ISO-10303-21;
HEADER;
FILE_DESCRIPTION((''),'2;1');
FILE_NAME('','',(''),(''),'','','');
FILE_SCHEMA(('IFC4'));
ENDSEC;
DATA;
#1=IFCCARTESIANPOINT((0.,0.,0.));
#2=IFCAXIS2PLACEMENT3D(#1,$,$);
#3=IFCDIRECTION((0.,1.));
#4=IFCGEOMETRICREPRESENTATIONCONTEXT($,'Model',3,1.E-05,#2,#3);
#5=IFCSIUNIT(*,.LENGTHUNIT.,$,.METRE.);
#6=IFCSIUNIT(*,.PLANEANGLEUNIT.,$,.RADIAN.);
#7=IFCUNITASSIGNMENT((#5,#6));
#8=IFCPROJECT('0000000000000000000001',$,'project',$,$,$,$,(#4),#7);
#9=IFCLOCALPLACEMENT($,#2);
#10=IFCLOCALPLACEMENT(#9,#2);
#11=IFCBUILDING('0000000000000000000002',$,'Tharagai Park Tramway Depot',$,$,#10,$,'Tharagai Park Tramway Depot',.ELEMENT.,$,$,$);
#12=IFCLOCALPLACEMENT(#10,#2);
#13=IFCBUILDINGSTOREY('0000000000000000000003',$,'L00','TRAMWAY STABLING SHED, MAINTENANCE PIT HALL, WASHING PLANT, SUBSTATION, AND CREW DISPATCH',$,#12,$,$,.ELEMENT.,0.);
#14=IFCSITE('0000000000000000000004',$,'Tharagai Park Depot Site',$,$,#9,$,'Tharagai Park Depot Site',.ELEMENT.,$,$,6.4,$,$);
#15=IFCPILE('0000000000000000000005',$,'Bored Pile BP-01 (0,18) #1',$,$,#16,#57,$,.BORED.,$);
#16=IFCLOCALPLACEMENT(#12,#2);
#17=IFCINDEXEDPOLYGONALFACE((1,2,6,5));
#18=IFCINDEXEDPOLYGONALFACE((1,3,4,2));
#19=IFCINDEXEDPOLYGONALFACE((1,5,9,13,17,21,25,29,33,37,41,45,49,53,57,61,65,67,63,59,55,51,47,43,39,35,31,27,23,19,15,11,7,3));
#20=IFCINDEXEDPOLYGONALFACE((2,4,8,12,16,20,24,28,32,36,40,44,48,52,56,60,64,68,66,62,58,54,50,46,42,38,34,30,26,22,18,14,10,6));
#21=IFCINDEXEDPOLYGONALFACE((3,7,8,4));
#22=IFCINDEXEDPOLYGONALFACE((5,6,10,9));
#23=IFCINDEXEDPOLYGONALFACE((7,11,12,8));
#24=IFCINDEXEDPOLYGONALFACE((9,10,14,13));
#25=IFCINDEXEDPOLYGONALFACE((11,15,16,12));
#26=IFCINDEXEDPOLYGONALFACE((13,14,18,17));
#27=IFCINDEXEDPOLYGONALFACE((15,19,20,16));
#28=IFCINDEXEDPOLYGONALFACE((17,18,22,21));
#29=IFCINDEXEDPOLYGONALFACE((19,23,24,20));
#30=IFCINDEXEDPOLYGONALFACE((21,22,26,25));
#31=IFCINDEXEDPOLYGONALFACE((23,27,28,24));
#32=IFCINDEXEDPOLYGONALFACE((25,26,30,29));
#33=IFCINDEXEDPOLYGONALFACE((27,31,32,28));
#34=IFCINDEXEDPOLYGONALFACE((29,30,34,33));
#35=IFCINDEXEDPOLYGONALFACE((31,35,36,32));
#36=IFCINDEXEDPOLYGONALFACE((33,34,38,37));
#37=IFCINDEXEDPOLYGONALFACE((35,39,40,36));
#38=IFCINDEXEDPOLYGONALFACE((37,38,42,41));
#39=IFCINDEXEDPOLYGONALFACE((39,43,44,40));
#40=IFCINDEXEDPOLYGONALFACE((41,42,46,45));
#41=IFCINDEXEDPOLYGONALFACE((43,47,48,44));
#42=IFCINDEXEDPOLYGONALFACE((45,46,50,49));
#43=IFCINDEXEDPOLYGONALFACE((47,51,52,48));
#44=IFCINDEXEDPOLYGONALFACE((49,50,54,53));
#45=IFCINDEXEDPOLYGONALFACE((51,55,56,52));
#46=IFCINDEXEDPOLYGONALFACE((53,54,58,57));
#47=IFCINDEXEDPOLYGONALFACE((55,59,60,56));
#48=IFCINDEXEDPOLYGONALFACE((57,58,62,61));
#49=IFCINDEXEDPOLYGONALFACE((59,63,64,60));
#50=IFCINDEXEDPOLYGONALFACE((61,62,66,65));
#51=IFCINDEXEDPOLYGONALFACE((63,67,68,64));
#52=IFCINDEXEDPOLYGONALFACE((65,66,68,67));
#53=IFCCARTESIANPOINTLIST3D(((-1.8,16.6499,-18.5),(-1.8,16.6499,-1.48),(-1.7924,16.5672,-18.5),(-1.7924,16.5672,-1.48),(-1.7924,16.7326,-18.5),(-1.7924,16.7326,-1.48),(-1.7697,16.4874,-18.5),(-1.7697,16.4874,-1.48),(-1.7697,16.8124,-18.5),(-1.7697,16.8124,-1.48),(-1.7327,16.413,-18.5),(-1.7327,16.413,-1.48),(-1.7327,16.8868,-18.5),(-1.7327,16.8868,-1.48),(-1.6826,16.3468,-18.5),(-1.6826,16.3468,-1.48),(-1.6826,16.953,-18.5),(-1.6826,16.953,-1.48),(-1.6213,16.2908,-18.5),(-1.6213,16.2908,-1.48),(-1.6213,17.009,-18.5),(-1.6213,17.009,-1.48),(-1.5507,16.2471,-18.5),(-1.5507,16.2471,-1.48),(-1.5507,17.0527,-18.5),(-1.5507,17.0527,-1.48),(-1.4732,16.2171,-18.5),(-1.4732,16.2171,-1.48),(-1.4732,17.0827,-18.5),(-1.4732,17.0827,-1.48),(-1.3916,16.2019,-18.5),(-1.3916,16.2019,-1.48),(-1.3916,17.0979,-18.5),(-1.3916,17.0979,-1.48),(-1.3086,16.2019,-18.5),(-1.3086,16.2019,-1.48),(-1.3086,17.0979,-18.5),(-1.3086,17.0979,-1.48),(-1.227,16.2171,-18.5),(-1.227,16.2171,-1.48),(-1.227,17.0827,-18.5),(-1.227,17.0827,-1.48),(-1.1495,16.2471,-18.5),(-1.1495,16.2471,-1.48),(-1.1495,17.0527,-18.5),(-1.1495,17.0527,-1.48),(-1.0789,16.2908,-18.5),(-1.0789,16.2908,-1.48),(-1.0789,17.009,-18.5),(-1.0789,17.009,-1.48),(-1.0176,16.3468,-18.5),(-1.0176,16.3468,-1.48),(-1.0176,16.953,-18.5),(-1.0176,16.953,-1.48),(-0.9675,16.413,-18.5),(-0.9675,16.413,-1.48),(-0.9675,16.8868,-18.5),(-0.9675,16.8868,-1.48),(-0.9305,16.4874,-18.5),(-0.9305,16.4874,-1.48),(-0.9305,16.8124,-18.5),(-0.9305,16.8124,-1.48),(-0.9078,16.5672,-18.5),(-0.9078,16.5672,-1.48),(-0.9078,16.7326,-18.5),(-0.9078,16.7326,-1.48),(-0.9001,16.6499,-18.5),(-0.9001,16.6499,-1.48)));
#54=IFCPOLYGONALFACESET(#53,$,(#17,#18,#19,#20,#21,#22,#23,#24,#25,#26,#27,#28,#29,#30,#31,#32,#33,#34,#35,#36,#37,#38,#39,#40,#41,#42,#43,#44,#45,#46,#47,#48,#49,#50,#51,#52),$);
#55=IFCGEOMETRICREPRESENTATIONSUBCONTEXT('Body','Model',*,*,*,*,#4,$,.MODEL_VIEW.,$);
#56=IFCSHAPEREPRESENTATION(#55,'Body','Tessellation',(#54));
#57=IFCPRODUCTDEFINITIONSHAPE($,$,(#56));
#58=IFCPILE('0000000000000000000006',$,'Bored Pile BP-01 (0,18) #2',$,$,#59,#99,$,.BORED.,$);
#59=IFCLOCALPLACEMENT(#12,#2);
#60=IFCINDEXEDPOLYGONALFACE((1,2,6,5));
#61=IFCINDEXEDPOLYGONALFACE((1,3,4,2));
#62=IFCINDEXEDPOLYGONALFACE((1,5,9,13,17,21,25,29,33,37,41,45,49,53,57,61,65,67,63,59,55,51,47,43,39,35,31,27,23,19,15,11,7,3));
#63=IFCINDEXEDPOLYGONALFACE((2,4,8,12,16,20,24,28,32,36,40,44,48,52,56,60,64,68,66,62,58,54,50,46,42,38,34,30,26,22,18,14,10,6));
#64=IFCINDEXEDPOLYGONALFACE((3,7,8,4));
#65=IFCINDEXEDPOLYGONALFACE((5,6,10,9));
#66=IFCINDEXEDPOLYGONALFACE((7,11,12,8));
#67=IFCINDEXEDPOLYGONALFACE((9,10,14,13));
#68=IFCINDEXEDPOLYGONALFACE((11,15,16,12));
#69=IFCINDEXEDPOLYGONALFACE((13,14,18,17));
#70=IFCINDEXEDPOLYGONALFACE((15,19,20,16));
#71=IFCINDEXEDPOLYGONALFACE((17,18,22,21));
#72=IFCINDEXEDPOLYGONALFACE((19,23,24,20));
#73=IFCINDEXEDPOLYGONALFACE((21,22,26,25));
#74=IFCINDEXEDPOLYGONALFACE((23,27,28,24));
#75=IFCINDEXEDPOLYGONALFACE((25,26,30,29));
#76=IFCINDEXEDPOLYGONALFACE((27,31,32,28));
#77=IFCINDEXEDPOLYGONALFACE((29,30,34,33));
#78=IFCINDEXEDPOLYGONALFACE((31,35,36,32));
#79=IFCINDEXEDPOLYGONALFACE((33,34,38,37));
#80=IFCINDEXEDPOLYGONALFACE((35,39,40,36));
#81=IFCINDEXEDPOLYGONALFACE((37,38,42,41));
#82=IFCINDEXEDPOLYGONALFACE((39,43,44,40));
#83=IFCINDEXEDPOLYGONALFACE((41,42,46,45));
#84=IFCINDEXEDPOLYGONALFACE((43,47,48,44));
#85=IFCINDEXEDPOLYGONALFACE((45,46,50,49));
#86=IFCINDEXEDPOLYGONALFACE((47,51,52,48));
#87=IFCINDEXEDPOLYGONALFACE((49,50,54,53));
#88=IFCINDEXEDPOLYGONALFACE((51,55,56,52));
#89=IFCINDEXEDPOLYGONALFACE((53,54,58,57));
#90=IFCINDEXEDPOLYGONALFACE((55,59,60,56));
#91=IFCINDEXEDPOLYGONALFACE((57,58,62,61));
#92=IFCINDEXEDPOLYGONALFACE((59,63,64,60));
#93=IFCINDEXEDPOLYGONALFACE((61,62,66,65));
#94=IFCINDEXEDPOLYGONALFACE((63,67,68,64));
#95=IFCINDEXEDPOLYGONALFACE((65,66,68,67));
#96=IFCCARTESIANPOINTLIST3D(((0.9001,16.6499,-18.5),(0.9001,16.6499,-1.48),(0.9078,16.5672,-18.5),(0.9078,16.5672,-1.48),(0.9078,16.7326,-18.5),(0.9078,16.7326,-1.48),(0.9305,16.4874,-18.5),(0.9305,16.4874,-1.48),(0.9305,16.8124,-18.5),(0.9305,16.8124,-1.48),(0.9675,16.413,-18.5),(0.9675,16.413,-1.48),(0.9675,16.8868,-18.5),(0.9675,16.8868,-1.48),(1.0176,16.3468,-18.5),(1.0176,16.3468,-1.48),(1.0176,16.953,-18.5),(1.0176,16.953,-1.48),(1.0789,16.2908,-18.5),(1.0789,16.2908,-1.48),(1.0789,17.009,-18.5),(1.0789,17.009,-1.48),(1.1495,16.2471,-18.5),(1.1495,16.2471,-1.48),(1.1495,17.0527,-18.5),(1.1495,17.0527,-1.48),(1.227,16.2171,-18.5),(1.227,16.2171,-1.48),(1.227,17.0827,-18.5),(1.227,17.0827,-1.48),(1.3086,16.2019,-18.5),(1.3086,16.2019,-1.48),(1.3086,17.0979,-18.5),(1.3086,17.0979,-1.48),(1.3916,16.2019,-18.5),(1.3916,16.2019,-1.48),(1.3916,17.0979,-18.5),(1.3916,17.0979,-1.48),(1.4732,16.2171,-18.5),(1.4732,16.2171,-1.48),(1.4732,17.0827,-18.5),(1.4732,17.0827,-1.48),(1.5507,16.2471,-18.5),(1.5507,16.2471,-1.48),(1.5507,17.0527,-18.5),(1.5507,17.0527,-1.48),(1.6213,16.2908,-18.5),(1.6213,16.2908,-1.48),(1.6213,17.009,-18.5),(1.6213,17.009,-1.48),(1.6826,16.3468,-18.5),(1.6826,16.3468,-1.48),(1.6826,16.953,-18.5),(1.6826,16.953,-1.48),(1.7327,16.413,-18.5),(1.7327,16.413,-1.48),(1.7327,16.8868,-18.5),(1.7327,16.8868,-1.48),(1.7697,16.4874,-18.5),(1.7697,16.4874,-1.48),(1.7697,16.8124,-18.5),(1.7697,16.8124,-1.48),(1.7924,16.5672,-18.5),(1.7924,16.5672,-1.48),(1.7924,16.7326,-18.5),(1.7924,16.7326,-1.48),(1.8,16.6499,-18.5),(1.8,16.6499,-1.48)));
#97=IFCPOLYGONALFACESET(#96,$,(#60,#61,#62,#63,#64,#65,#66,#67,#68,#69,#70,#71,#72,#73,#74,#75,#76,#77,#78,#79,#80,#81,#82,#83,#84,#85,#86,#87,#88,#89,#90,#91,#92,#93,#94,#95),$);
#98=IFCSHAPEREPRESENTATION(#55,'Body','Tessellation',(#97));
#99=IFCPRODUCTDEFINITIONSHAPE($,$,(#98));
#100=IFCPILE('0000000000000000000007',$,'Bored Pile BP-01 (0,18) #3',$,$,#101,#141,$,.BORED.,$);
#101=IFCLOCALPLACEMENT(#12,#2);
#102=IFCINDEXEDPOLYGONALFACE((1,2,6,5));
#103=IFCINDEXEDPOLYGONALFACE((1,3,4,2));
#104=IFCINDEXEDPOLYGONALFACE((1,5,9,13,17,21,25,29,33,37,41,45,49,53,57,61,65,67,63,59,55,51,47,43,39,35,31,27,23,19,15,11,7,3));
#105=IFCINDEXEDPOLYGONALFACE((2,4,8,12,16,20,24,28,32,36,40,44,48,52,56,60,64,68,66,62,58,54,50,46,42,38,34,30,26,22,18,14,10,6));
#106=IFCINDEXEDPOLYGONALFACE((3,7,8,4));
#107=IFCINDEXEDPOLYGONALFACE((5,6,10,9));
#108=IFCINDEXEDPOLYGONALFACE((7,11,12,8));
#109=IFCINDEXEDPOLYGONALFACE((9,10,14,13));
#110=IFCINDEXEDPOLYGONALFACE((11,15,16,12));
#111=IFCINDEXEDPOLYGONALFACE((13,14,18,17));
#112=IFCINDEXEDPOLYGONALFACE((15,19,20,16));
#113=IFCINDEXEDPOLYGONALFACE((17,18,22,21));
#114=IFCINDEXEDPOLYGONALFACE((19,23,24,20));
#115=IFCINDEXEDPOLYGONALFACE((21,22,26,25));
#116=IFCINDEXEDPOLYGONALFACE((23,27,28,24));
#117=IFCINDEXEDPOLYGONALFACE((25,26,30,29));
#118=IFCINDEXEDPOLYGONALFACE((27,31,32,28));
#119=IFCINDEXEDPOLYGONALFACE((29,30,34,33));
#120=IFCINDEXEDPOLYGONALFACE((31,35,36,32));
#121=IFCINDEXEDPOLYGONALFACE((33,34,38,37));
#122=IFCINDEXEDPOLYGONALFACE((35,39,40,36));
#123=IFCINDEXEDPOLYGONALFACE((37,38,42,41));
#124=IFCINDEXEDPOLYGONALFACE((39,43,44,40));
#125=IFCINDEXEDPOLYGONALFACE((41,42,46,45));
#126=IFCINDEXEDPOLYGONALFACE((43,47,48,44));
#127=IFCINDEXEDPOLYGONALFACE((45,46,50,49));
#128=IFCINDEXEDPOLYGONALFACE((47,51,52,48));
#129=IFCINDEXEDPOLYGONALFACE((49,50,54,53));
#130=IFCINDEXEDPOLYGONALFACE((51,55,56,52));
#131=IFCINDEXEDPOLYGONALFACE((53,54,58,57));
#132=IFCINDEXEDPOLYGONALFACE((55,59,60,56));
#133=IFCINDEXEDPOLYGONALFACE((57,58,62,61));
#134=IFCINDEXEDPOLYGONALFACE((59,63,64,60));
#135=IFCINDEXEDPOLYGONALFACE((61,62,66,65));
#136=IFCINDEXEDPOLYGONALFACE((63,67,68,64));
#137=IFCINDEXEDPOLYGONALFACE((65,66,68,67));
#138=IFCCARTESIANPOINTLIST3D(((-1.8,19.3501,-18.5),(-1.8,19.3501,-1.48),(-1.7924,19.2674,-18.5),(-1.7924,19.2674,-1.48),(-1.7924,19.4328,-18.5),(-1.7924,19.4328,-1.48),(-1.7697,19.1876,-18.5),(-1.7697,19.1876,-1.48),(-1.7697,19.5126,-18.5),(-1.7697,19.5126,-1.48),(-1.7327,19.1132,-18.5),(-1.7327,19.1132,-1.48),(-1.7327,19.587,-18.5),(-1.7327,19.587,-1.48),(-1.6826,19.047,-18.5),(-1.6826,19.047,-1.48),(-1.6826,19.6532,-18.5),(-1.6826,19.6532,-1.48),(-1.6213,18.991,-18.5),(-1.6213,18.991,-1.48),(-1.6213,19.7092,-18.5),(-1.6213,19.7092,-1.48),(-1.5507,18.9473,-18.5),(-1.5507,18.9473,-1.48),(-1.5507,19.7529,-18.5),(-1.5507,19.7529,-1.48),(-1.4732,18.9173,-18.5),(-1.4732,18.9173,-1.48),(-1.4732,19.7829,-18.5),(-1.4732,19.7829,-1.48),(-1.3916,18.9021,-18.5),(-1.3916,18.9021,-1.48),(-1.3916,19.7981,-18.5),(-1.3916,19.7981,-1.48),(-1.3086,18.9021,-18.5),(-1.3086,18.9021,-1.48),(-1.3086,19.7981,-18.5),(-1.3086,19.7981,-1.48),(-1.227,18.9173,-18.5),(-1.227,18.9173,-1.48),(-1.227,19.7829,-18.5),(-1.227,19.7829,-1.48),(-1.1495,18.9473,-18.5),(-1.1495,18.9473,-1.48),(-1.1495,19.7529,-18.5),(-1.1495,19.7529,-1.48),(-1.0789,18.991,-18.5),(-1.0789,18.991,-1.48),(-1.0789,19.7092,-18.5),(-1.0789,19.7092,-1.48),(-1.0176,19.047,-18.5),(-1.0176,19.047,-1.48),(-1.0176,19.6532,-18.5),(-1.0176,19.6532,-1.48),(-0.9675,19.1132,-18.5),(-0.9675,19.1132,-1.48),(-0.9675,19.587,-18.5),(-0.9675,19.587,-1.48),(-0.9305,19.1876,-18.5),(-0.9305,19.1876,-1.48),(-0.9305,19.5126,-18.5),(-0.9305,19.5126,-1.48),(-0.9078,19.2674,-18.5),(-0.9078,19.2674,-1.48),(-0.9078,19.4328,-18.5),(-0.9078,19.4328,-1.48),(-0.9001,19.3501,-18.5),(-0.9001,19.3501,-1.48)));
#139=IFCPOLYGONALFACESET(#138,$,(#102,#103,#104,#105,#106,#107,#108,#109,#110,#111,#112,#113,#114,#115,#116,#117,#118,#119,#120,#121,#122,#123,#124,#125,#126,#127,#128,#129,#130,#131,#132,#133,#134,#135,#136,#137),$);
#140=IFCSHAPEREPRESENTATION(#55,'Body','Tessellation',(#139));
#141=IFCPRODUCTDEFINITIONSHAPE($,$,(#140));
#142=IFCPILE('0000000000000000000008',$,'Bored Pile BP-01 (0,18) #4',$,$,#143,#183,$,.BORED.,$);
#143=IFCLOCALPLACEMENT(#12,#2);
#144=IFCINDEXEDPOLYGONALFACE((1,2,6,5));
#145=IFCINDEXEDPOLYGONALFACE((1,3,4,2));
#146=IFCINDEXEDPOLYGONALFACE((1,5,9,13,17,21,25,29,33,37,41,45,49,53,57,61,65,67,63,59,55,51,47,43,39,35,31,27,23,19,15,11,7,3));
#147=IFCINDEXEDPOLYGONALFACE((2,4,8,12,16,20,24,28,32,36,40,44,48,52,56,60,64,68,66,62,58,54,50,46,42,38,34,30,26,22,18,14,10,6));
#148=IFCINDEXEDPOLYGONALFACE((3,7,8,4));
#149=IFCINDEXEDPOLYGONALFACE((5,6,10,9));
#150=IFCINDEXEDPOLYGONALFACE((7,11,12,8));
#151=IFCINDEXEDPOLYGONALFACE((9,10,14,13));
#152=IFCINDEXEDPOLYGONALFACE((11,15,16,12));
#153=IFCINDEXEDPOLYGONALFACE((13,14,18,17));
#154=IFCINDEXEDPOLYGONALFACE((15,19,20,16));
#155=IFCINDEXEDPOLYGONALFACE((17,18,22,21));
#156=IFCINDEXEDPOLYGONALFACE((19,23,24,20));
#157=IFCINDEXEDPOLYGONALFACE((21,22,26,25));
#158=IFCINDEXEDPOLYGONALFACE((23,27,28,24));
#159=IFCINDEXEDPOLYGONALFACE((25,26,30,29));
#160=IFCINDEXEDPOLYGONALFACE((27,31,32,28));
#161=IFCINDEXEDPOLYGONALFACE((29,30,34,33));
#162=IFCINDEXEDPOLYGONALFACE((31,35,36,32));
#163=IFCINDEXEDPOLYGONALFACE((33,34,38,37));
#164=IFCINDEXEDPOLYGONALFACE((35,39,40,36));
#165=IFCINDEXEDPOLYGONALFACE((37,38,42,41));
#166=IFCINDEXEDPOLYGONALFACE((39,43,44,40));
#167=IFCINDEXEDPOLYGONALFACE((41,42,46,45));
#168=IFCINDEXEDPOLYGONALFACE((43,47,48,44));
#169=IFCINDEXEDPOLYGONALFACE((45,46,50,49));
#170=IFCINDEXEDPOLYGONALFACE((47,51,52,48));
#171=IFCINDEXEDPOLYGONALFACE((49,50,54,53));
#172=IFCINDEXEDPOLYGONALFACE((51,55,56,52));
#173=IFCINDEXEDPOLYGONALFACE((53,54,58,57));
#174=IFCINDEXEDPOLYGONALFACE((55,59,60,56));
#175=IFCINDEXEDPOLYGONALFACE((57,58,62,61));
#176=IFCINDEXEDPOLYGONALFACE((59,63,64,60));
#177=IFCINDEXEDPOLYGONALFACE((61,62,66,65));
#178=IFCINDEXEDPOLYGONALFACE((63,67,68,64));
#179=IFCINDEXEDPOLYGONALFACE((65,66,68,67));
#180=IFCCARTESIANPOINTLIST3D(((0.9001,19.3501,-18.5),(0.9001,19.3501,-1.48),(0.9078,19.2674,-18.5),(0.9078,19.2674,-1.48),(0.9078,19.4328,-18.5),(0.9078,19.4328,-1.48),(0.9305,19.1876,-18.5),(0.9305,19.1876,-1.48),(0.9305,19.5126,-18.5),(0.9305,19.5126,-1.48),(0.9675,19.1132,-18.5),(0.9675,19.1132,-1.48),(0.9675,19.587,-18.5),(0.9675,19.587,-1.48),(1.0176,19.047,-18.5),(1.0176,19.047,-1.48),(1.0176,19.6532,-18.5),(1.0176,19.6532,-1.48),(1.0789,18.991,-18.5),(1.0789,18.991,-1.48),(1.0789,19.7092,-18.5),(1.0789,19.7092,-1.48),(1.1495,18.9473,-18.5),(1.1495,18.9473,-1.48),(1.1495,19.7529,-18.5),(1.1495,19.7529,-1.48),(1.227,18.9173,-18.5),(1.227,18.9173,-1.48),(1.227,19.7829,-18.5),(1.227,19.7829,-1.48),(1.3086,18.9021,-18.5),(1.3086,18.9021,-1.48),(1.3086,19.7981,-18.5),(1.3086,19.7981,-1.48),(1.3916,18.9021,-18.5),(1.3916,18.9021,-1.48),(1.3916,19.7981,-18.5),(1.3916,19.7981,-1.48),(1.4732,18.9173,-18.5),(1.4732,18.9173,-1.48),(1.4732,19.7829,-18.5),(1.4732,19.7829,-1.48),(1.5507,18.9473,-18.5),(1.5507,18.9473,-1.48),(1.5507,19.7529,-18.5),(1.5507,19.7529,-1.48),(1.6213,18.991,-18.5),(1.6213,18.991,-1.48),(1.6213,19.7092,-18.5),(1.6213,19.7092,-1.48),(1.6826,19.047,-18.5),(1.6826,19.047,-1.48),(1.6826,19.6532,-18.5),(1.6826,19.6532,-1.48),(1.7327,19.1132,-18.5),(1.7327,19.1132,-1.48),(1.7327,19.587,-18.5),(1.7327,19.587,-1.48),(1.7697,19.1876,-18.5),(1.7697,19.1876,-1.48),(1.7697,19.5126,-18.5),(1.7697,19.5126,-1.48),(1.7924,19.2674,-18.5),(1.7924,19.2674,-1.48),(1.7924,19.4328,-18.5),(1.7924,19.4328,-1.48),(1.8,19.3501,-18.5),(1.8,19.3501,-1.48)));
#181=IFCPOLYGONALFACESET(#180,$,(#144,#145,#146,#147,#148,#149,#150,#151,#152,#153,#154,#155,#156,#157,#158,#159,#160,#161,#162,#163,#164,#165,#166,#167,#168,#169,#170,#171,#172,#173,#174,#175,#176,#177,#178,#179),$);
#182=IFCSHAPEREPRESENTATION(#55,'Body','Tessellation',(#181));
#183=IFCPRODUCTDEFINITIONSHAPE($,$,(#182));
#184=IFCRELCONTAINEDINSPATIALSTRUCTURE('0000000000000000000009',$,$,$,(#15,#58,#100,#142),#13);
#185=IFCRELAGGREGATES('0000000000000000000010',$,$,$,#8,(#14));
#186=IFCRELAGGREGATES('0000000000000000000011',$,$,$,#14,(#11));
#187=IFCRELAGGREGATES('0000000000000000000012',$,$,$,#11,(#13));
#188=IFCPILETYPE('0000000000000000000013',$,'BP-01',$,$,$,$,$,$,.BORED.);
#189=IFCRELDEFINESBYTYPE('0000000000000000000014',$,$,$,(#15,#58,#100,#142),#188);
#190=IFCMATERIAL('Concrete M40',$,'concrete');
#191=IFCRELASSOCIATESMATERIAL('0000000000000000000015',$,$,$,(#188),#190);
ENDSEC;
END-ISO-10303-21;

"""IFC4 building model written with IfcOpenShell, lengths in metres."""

from ifc_helpers import new_model, si_unit, direction, frame, origin, origin_2d, place, context, subcontext, project, spatial, circle, extrude, material, material_profile, profile_set, type_object, element, save


model = new_model("IFC4")

# Units and contexts
model_context = context("Model", 3, precision=1e-05, world=origin(), true_north=direction((0.0, 1.0)))
body_context = subcontext(model_context, "Body", "Model", "MODEL_VIEW")
ifc_project = project(units=[si_unit("LENGTHUNIT", "METRE"), si_unit("PLANEANGLEUNIT", "RADIAN")], contexts=[model_context])

# Site, building, storey
site_placement = place(None, origin())
site = spatial("IfcSite", under=ifc_project, at=site_placement, Name="Tharagai Park Depot Site", LongName="Tharagai Park Depot Site", CompositionType="ELEMENT", RefElevation=6.4)
building_placement = place(site_placement, origin())
building = spatial("IfcBuilding", under=site, at=building_placement, Name="Tharagai Park Tramway Depot", LongName="Tharagai Park Tramway Depot", CompositionType="ELEMENT")
storey_placement = place(building_placement, origin())
storey = spatial("IfcBuildingStorey", under=building, at=storey_placement, Name="L00", Description="TRAMWAY STABLING SHED, MAINTENANCE PIT HALL, WASHING PLANT, SUBSTATION, AND CREW DISPATCH", CompositionType="ELEMENT", Elevation=0.0)

# Piles
ifc_material_1 = material(Name="Concrete M40", Category="concrete")
ifc_material_profile_1 = material_profile(ifc_material_1, circle(Radius=0.45, at=origin_2d()), Name="PILE D900")
ifc_profile_set_1 = profile_set([ifc_material_profile_1], Name="Concrete M40")
pile_type = type_object("IfcPileType", Name="BP-01", PredefinedType="BORED", material=ifc_profile_set_1)
for number, where, z_axis, x_axis, name in (
    (1, (-1.3501, 16.6499, -1.48), (0.0, 0.0, -1.0), (1.0, 0.0, 0.0), "Bored Pile BP-01 (0,18) #1"),
    (2, (1.3501, 16.6499, -1.48), (0.0, 0.0, -1.0), (1.0, 0.0, 0.0), "Bored Pile BP-01 (0,18) #2"),
    (3, (-1.3501, 19.3501, -1.48), (0.0, 0.0, -1.0), (1.0, 0.0, 0.0), "Bored Pile BP-01 (0,18) #3"),
    (4, (1.3501, 19.3501, -1.48), (0.0, 0.0, -1.0), (1.0, 0.0, 0.0), "Bored Pile BP-01 (0,18) #4"),
):
    element("IfcPile", number, at=place(storey_placement, frame(where, z_axis=z_axis, x_axis=x_axis)), inside=storey, type_object=pile_type, Name=name, PredefinedType="BORED", context=body_context, shape_type="SweptSolid", body=[
        extrude(circle(Radius=0.45, at=origin_2d()), origin(), (0.0, 0.0, 1.0), 17.02),
    ])

save(model, "model.ifc")
